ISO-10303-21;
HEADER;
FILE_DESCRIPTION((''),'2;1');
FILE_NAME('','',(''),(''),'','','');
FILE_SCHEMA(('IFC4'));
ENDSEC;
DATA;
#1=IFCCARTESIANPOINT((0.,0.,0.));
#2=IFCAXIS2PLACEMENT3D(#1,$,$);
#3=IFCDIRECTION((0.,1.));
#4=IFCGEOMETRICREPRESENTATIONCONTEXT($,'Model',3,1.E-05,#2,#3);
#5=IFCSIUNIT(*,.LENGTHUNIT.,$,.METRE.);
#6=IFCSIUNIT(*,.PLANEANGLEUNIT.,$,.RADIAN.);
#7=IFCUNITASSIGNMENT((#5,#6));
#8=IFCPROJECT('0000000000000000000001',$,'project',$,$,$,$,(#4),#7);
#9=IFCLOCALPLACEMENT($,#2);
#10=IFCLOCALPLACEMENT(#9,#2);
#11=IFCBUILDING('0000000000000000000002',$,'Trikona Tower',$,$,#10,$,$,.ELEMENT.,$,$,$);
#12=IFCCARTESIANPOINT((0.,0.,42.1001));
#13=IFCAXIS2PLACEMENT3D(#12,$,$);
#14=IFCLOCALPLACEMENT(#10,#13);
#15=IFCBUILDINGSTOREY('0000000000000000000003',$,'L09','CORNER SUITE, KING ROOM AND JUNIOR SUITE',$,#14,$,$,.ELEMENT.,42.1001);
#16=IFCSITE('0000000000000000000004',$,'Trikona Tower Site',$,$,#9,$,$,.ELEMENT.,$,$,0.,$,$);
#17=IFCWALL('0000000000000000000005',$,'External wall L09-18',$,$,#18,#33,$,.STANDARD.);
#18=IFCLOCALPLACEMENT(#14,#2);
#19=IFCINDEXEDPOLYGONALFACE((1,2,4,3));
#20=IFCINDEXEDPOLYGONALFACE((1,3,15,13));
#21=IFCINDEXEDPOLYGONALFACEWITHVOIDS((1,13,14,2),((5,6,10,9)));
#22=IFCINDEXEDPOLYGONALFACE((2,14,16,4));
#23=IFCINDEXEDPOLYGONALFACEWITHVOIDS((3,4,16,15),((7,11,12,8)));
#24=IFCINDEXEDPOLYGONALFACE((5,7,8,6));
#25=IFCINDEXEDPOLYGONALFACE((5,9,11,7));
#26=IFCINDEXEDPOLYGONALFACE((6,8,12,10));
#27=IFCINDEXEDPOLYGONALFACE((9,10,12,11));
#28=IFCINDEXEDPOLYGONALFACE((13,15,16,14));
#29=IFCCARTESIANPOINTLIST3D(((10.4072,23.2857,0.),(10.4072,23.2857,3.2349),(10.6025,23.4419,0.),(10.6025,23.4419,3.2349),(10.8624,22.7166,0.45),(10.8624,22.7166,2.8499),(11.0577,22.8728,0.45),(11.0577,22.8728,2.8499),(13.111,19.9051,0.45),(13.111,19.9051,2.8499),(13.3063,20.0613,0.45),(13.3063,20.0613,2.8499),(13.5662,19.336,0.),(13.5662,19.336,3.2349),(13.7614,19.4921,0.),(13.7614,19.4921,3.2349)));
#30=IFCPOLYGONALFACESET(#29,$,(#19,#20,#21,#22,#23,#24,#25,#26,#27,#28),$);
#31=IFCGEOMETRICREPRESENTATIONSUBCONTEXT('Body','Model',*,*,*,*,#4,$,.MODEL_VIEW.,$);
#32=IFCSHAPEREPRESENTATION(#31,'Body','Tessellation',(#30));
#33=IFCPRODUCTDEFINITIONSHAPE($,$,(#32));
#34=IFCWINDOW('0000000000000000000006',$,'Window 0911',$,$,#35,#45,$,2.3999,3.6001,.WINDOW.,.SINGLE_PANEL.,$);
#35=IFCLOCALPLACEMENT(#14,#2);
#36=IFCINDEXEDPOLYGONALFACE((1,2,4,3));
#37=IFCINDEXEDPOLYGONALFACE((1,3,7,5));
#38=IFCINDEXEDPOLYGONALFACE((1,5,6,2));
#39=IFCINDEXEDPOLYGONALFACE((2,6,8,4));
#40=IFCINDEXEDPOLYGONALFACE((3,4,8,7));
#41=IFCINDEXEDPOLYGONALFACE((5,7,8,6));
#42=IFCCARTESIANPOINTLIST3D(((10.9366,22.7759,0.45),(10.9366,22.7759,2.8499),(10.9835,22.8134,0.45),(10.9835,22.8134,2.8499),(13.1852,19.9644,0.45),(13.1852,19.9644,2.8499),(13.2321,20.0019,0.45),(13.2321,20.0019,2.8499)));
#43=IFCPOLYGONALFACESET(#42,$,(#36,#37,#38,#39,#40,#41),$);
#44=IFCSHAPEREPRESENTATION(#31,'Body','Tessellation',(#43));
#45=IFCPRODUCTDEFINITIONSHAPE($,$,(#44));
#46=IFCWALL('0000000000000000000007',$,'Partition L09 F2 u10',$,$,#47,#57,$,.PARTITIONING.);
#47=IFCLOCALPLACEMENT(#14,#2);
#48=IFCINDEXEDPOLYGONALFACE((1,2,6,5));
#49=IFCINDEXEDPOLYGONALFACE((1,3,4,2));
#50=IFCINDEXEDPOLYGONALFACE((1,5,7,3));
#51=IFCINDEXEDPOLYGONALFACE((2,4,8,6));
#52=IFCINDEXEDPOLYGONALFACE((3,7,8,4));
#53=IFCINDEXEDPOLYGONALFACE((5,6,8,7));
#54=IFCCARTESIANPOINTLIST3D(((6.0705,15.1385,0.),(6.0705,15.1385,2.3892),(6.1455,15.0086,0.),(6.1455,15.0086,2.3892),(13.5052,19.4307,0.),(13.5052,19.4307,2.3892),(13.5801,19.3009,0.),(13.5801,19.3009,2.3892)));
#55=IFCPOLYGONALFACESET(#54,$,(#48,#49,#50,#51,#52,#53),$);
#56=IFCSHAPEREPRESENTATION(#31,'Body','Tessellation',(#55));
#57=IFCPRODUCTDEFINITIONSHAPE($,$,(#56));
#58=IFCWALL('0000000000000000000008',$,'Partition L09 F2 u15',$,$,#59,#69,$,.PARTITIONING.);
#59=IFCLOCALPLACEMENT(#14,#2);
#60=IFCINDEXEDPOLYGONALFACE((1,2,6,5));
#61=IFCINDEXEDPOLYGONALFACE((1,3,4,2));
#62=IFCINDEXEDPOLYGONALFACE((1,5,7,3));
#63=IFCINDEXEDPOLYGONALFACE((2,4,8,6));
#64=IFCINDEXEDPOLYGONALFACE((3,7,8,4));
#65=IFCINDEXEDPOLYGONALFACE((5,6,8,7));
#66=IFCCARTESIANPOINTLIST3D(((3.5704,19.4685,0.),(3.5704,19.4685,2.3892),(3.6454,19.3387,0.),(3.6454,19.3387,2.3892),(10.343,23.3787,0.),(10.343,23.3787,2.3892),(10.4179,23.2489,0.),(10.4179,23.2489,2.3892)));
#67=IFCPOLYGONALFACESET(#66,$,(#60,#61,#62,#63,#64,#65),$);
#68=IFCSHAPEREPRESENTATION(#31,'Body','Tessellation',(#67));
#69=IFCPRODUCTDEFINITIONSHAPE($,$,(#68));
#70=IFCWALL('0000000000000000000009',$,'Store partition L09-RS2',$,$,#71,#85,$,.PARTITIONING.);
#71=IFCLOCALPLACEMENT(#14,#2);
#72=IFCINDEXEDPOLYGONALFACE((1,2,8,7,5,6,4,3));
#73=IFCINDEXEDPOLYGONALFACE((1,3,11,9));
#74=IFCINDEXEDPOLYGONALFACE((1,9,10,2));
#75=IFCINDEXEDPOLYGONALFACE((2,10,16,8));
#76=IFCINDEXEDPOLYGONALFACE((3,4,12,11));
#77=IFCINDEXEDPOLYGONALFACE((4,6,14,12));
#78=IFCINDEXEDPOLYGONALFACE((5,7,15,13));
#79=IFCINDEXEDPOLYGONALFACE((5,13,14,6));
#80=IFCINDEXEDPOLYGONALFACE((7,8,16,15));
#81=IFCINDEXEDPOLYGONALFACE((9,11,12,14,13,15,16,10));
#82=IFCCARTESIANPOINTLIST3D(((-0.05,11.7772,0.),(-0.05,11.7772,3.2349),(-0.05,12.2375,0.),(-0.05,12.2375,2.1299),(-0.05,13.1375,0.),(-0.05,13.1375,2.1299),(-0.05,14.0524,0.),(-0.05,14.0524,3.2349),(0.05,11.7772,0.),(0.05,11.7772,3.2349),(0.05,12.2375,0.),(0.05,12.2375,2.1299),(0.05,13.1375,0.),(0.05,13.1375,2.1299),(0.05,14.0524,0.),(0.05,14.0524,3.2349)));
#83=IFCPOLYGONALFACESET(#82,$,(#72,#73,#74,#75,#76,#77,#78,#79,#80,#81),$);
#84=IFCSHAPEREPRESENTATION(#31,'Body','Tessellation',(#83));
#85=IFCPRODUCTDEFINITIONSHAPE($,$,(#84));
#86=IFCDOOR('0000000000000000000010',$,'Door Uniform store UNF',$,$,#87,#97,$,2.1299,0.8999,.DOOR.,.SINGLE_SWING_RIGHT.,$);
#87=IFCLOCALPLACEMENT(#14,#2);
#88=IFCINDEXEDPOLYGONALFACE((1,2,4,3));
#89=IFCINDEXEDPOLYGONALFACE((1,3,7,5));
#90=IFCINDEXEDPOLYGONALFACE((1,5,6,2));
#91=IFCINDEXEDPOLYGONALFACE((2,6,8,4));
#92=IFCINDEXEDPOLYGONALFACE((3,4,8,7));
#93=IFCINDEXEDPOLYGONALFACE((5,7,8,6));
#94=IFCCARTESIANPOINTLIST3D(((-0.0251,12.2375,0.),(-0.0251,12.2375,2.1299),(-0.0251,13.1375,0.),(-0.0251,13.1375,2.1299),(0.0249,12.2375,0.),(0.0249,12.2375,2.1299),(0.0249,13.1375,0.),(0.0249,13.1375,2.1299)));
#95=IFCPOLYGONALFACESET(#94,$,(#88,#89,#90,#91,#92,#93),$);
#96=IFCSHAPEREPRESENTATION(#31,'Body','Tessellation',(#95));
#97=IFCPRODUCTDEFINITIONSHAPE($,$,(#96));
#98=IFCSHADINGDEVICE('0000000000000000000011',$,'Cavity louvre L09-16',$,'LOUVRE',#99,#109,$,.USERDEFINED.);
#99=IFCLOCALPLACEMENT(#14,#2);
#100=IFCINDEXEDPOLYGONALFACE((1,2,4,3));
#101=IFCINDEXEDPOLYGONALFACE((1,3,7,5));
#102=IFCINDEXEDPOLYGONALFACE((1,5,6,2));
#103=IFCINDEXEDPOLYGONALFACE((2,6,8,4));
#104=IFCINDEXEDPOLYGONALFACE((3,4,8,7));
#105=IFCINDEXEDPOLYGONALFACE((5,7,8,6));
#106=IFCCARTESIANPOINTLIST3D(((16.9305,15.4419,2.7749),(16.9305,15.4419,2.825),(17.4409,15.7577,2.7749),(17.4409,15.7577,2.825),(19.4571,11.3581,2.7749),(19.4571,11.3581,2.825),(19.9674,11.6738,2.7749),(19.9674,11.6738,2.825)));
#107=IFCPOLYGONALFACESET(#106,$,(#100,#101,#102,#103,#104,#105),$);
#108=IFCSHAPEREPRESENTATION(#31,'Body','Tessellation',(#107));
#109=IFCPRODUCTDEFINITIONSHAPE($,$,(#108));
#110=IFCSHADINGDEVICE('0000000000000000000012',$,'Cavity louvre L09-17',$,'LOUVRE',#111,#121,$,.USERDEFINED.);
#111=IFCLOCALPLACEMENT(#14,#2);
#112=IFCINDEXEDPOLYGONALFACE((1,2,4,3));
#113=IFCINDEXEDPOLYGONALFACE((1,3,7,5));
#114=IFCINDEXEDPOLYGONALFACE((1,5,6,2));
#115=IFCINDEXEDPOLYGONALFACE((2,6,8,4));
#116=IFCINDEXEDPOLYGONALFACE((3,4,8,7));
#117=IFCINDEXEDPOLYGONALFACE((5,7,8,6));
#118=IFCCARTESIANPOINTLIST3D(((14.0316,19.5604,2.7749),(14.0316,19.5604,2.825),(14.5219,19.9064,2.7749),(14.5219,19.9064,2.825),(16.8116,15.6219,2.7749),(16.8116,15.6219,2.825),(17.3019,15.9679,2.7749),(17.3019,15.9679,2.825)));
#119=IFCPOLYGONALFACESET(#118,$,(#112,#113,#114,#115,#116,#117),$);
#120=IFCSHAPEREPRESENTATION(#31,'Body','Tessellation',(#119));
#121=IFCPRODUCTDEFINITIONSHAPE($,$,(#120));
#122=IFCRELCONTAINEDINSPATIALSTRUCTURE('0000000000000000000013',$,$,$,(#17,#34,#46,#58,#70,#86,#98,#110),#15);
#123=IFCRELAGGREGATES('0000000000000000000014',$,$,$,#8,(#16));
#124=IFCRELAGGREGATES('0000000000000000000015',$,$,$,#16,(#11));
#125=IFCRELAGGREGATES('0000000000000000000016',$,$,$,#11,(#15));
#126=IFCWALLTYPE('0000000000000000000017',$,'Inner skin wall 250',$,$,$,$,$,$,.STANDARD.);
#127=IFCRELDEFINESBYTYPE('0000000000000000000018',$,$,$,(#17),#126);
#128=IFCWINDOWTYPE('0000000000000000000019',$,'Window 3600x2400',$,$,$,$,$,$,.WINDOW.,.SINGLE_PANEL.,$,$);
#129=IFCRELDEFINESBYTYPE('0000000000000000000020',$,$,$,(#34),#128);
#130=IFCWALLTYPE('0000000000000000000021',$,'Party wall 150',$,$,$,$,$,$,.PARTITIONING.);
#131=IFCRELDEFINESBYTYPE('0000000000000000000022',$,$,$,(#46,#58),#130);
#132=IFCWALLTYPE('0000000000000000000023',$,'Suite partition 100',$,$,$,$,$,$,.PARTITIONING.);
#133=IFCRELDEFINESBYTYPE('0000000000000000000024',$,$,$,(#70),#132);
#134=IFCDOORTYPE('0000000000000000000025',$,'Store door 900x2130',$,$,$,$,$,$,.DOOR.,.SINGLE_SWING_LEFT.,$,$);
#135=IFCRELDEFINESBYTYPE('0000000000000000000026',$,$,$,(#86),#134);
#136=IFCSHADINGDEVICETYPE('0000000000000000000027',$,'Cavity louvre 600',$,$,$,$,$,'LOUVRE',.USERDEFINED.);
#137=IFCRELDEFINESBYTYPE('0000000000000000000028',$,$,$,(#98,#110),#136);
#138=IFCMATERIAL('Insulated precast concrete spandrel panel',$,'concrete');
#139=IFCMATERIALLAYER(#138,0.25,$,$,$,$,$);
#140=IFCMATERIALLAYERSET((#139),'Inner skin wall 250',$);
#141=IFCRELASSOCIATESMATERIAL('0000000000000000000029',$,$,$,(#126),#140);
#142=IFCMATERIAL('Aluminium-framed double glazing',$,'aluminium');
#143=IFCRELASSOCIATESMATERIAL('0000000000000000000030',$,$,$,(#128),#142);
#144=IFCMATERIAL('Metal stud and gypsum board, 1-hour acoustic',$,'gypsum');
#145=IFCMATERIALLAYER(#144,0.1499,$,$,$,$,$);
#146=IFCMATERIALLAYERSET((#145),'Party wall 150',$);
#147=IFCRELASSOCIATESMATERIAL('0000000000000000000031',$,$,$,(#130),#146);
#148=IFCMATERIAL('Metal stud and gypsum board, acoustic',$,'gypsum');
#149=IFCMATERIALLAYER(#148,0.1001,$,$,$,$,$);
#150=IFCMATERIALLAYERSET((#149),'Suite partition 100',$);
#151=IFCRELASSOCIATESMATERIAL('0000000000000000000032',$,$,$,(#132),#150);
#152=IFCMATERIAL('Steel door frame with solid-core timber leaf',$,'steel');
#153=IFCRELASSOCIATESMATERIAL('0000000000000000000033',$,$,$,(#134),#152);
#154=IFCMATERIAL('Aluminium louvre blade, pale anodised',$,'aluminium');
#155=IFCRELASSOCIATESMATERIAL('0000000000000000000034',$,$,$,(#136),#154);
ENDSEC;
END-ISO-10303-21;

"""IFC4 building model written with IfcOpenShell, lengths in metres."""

from ifc_helpers import new_model, si_unit, direction, frame, frame_2d, origin, origin_2d, place, context, subcontext, project, spatial, rectangle, extrude, material, layer, layer_set, type_object, element, fill, save


model = new_model("IFC4")

# Units and contexts
model_context = context("Model", 3, precision=1e-05, world=origin(), true_north=direction((0.0, 1.0)))
body_context = subcontext(model_context, "Body", "Model", "MODEL_VIEW")
ifc_project = project(units=[si_unit("LENGTHUNIT", "METRE"), si_unit("PLANEANGLEUNIT", "RADIAN")], contexts=[model_context])

# Site, building, storey
site_placement = place(None, origin())
site = spatial("IfcSite", under=ifc_project, at=site_placement, Name="Trikona Tower Site", CompositionType="ELEMENT", RefElevation=0.0)
building_placement = place(site_placement, origin())
building = spatial("IfcBuilding", under=site, at=building_placement, Name="Trikona Tower", CompositionType="ELEMENT")
storey_placement = place(building_placement, frame((0.0, 0.0, 42.1001)))
storey = spatial("IfcBuildingStorey", under=building, at=storey_placement, Name="L09", Description="CORNER SUITE, KING ROOM AND JUNIOR SUITE", CompositionType="ELEMENT", Elevation=42.1001)

# Wall, opening, window
ifc_material_1 = material(Name="Insulated precast concrete spandrel panel", Category="concrete")
ifc_layer_1 = layer(ifc_material_1, 0.25)
ifc_layer_set_1 = layer_set([ifc_layer_1], Name="Inner skin wall 250")
wall_type_1 = type_object("IfcWallType", Name="Inner skin wall 250", PredefinedType="STANDARD", material=ifc_layer_set_1)
ifc_material_2 = material(Name="Aluminium-framed double glazing", Category="aluminium")
window_type = type_object("IfcWindowType", Name="Window 3600x2400", PartitioningType="SINGLE_PANEL", PredefinedType="WINDOW", material=ifc_material_2)
wall_1_placement = place(storey_placement, frame((13.6638, 19.4141, 0.0), z_axis=(0.0, 0.0, 1.0), x_axis=(-0.624595, 0.780949, 0.0)))
wall_1 = element("IfcWall", 1, at=wall_1_placement, inside=storey, type_object=wall_type_1, Name="External wall L09-18", PredefinedType="STANDARD", context=body_context, shape_type="SweptSolid", body=[
    extrude(rectangle(XDim=5.0576, YDim=0.25, at=frame_2d((2.5288, 0.0))), origin(), (0.0, 0.0, 1.0), 3.2349),
])
opening_1_placement = place(wall_1_placement, frame((0.7288, 0.0, 0.45)))
opening_1 = element("IfcOpeningElement", 2, at=opening_1_placement, cuts=wall_1, PredefinedType="OPENING", context=body_context, shape_type="SweptSolid", body=[
    extrude(rectangle(XDim=3.6001, YDim=2.3999, at=frame_2d((1.8, 1.2))), frame((0.0, 0.135, 0.0), z_axis=(0.0, -1.0, 0.0), x_axis=(1.0, 0.0, 0.0)), (0.0, 0.0, 1.0), 0.27),
])
window_1_placement = place(opening_1_placement, origin())
window_1 = element("IfcWindow", 3, at=window_1_placement, inside=storey, type_object=window_type, Name="Window 0911", OverallHeight=2.3999, OverallWidth=3.6001, PartitioningType="SINGLE_PANEL", PredefinedType="WINDOW", context=body_context, shape_type="SweptSolid", body=[
    extrude(rectangle(XDim=3.6001, YDim=2.3999, at=frame_2d((1.8, 1.2))), frame((0.0, 0.03, 0.0), z_axis=(0.0, -1.0, 0.0), x_axis=(1.0, 0.0, 0.0)), (0.0, 0.0, 1.0), 0.0601),
])
fill(opening_1, window_1)

# Walls
ifc_material_3 = material(Name="Metal stud and gypsum board, 1-hour acoustic", Category="gypsum")
ifc_layer_2 = layer(ifc_material_3, 0.1499)
ifc_layer_set_2 = layer_set([ifc_layer_2], Name="Party wall 150")
wall_type_2 = type_object("IfcWallType", Name="Party wall 150", PredefinedType="PARTITIONING", material=ifc_layer_set_2)
wall_2_placement = place(storey_placement, frame((6.1079, 15.0735, 0.0), z_axis=(0.0, 0.0, 1.0), x_axis=(0.866031, 0.49999, 0.0)))
element("IfcWall", 4, at=wall_2_placement, inside=storey, type_object=wall_type_2, Name="Partition L09 F2 u10", PredefinedType="PARTITIONING", context=body_context, shape_type="SweptSolid", body=[
    extrude(rectangle(XDim=8.5847, YDim=0.1499, at=frame_2d((4.2925, 0.0))), origin(), (0.0, 0.0, 1.0), 2.3892),
])
wall_3_placement = place(storey_placement, frame((3.6079, 19.4036, 0.0), z_axis=(0.0, 0.0, 1.0), x_axis=(0.866021, 0.500007, 0.0)))
element("IfcWall", 5, at=wall_3_placement, inside=storey, type_object=wall_type_2, Name="Partition L09 F2 u15", PredefinedType="PARTITIONING", context=body_context, shape_type="SweptSolid", body=[
    extrude(rectangle(XDim=7.8203, YDim=0.1499, at=frame_2d((3.9102, 0.0))), origin(), (0.0, 0.0, 1.0), 2.3892),
])

# Wall, opening, door
ifc_material_4 = material(Name="Metal stud and gypsum board, acoustic", Category="gypsum")
ifc_layer_3 = layer(ifc_material_4, 0.1001)
ifc_layer_set_3 = layer_set([ifc_layer_3], Name="Suite partition 100")
wall_type_3 = type_object("IfcWallType", Name="Suite partition 100", PredefinedType="PARTITIONING", material=ifc_layer_set_3)
wall_4_placement = place(storey_placement, frame((0.0, 14.0525, 0.0), z_axis=(0.0, 0.0, 1.0), x_axis=(0.0, -1.0, 0.0)))
wall_4 = element("IfcWall", 6, at=wall_4_placement, inside=storey, type_object=wall_type_3, Name="Store partition L09-RS2", PredefinedType="PARTITIONING", context=body_context, shape_type="SweptSolid", body=[
    extrude(rectangle(XDim=2.2751, YDim=0.1001, at=frame_2d((1.1377, 0.0))), origin(), (0.0, 0.0, 1.0), 3.2349),
])
opening_2_placement = place(wall_4_placement, frame((0.915, 0.0, 0.0)))
opening_2 = element("IfcOpeningElement", 7, at=opening_2_placement, cuts=wall_4, PredefinedType="OPENING", context=body_context, shape_type="SweptSolid", body=[
    extrude(rectangle(XDim=0.8999, YDim=2.1299, at=frame_2d((0.45, 1.0649))), frame((0.0, 0.0601, 0.0), z_axis=(0.0, -1.0, 0.0), x_axis=(1.0, 0.0, 0.0)), (0.0, 0.0, 1.0), 0.1201),
])
ifc_material_5 = material(Name="Steel door frame with solid-core timber leaf", Category="steel")
door_type_1 = type_object("IfcDoorType", Name="Store door 900x2130", OperationType="SINGLE_SWING_LEFT", PredefinedType="DOOR", material=ifc_material_5)
door_1_placement = place(opening_2_placement, origin())
door_1 = element("IfcDoor", 8, at=door_1_placement, inside=storey, type_object=door_type_1, Name="Door Uniform store UNF", OperationType="SINGLE_SWING_RIGHT", OverallHeight=2.1299, OverallWidth=0.8999, PredefinedType="DOOR", context=body_context, shape_type="SweptSolid", body=[
    extrude(rectangle(XDim=0.8999, YDim=2.1299, at=frame_2d((0.45, 1.0649))), frame((0.0, 0.0249, 0.0), z_axis=(0.0, -1.0, 0.0), x_axis=(1.0, 0.0, 0.0)), (0.0, 0.0, 1.0), 0.05),
])
fill(opening_2, door_1)

# Shading devices
ifc_material_6 = material(Name="Aluminium louvre blade, pale anodised", Category="aluminium")
shading_device_type = type_object("IfcShadingDeviceType", Name="Cavity louvre 600", ElementType="LOUVRE", PredefinedType="USERDEFINED", material=ifc_material_6)
shading_device_1_placement = place(storey_placement, frame((18.449, 13.5579, 2.7749), z_axis=(0.0, 0.0, 1.0), x_axis=(-0.526119, 0.850411, 0.0)))
element("IfcShadingDevice", 9, at=shading_device_1_placement, inside=storey, type_object=shading_device_type, Name="Cavity louvre L09-16", ObjectType="LOUVRE", PredefinedType="USERDEFINED", context=body_context, shape_type="SweptSolid", body=[
    extrude(rectangle(XDim=4.8022, YDim=0.6001, at=origin_2d()), origin(), (0.0, 0.0, 1.0), 0.05),
])
shading_device_2_placement = place(storey_placement, frame((15.6667, 17.7642, 2.7749), z_axis=(0.0, 0.0, 1.0), x_axis=(-0.576662, 0.816983, 0.0)))
element("IfcShadingDevice", 10, at=shading_device_2_placement, inside=storey, type_object=shading_device_type, Name="Cavity louvre L09-17", ObjectType="LOUVRE", PredefinedType="USERDEFINED", context=body_context, shape_type="SweptSolid", body=[
    extrude(rectangle(XDim=4.8208, YDim=0.6001, at=origin_2d()), origin(), (0.0, 0.0, 1.0), 0.05),
])

save(model, "model.ifc")
